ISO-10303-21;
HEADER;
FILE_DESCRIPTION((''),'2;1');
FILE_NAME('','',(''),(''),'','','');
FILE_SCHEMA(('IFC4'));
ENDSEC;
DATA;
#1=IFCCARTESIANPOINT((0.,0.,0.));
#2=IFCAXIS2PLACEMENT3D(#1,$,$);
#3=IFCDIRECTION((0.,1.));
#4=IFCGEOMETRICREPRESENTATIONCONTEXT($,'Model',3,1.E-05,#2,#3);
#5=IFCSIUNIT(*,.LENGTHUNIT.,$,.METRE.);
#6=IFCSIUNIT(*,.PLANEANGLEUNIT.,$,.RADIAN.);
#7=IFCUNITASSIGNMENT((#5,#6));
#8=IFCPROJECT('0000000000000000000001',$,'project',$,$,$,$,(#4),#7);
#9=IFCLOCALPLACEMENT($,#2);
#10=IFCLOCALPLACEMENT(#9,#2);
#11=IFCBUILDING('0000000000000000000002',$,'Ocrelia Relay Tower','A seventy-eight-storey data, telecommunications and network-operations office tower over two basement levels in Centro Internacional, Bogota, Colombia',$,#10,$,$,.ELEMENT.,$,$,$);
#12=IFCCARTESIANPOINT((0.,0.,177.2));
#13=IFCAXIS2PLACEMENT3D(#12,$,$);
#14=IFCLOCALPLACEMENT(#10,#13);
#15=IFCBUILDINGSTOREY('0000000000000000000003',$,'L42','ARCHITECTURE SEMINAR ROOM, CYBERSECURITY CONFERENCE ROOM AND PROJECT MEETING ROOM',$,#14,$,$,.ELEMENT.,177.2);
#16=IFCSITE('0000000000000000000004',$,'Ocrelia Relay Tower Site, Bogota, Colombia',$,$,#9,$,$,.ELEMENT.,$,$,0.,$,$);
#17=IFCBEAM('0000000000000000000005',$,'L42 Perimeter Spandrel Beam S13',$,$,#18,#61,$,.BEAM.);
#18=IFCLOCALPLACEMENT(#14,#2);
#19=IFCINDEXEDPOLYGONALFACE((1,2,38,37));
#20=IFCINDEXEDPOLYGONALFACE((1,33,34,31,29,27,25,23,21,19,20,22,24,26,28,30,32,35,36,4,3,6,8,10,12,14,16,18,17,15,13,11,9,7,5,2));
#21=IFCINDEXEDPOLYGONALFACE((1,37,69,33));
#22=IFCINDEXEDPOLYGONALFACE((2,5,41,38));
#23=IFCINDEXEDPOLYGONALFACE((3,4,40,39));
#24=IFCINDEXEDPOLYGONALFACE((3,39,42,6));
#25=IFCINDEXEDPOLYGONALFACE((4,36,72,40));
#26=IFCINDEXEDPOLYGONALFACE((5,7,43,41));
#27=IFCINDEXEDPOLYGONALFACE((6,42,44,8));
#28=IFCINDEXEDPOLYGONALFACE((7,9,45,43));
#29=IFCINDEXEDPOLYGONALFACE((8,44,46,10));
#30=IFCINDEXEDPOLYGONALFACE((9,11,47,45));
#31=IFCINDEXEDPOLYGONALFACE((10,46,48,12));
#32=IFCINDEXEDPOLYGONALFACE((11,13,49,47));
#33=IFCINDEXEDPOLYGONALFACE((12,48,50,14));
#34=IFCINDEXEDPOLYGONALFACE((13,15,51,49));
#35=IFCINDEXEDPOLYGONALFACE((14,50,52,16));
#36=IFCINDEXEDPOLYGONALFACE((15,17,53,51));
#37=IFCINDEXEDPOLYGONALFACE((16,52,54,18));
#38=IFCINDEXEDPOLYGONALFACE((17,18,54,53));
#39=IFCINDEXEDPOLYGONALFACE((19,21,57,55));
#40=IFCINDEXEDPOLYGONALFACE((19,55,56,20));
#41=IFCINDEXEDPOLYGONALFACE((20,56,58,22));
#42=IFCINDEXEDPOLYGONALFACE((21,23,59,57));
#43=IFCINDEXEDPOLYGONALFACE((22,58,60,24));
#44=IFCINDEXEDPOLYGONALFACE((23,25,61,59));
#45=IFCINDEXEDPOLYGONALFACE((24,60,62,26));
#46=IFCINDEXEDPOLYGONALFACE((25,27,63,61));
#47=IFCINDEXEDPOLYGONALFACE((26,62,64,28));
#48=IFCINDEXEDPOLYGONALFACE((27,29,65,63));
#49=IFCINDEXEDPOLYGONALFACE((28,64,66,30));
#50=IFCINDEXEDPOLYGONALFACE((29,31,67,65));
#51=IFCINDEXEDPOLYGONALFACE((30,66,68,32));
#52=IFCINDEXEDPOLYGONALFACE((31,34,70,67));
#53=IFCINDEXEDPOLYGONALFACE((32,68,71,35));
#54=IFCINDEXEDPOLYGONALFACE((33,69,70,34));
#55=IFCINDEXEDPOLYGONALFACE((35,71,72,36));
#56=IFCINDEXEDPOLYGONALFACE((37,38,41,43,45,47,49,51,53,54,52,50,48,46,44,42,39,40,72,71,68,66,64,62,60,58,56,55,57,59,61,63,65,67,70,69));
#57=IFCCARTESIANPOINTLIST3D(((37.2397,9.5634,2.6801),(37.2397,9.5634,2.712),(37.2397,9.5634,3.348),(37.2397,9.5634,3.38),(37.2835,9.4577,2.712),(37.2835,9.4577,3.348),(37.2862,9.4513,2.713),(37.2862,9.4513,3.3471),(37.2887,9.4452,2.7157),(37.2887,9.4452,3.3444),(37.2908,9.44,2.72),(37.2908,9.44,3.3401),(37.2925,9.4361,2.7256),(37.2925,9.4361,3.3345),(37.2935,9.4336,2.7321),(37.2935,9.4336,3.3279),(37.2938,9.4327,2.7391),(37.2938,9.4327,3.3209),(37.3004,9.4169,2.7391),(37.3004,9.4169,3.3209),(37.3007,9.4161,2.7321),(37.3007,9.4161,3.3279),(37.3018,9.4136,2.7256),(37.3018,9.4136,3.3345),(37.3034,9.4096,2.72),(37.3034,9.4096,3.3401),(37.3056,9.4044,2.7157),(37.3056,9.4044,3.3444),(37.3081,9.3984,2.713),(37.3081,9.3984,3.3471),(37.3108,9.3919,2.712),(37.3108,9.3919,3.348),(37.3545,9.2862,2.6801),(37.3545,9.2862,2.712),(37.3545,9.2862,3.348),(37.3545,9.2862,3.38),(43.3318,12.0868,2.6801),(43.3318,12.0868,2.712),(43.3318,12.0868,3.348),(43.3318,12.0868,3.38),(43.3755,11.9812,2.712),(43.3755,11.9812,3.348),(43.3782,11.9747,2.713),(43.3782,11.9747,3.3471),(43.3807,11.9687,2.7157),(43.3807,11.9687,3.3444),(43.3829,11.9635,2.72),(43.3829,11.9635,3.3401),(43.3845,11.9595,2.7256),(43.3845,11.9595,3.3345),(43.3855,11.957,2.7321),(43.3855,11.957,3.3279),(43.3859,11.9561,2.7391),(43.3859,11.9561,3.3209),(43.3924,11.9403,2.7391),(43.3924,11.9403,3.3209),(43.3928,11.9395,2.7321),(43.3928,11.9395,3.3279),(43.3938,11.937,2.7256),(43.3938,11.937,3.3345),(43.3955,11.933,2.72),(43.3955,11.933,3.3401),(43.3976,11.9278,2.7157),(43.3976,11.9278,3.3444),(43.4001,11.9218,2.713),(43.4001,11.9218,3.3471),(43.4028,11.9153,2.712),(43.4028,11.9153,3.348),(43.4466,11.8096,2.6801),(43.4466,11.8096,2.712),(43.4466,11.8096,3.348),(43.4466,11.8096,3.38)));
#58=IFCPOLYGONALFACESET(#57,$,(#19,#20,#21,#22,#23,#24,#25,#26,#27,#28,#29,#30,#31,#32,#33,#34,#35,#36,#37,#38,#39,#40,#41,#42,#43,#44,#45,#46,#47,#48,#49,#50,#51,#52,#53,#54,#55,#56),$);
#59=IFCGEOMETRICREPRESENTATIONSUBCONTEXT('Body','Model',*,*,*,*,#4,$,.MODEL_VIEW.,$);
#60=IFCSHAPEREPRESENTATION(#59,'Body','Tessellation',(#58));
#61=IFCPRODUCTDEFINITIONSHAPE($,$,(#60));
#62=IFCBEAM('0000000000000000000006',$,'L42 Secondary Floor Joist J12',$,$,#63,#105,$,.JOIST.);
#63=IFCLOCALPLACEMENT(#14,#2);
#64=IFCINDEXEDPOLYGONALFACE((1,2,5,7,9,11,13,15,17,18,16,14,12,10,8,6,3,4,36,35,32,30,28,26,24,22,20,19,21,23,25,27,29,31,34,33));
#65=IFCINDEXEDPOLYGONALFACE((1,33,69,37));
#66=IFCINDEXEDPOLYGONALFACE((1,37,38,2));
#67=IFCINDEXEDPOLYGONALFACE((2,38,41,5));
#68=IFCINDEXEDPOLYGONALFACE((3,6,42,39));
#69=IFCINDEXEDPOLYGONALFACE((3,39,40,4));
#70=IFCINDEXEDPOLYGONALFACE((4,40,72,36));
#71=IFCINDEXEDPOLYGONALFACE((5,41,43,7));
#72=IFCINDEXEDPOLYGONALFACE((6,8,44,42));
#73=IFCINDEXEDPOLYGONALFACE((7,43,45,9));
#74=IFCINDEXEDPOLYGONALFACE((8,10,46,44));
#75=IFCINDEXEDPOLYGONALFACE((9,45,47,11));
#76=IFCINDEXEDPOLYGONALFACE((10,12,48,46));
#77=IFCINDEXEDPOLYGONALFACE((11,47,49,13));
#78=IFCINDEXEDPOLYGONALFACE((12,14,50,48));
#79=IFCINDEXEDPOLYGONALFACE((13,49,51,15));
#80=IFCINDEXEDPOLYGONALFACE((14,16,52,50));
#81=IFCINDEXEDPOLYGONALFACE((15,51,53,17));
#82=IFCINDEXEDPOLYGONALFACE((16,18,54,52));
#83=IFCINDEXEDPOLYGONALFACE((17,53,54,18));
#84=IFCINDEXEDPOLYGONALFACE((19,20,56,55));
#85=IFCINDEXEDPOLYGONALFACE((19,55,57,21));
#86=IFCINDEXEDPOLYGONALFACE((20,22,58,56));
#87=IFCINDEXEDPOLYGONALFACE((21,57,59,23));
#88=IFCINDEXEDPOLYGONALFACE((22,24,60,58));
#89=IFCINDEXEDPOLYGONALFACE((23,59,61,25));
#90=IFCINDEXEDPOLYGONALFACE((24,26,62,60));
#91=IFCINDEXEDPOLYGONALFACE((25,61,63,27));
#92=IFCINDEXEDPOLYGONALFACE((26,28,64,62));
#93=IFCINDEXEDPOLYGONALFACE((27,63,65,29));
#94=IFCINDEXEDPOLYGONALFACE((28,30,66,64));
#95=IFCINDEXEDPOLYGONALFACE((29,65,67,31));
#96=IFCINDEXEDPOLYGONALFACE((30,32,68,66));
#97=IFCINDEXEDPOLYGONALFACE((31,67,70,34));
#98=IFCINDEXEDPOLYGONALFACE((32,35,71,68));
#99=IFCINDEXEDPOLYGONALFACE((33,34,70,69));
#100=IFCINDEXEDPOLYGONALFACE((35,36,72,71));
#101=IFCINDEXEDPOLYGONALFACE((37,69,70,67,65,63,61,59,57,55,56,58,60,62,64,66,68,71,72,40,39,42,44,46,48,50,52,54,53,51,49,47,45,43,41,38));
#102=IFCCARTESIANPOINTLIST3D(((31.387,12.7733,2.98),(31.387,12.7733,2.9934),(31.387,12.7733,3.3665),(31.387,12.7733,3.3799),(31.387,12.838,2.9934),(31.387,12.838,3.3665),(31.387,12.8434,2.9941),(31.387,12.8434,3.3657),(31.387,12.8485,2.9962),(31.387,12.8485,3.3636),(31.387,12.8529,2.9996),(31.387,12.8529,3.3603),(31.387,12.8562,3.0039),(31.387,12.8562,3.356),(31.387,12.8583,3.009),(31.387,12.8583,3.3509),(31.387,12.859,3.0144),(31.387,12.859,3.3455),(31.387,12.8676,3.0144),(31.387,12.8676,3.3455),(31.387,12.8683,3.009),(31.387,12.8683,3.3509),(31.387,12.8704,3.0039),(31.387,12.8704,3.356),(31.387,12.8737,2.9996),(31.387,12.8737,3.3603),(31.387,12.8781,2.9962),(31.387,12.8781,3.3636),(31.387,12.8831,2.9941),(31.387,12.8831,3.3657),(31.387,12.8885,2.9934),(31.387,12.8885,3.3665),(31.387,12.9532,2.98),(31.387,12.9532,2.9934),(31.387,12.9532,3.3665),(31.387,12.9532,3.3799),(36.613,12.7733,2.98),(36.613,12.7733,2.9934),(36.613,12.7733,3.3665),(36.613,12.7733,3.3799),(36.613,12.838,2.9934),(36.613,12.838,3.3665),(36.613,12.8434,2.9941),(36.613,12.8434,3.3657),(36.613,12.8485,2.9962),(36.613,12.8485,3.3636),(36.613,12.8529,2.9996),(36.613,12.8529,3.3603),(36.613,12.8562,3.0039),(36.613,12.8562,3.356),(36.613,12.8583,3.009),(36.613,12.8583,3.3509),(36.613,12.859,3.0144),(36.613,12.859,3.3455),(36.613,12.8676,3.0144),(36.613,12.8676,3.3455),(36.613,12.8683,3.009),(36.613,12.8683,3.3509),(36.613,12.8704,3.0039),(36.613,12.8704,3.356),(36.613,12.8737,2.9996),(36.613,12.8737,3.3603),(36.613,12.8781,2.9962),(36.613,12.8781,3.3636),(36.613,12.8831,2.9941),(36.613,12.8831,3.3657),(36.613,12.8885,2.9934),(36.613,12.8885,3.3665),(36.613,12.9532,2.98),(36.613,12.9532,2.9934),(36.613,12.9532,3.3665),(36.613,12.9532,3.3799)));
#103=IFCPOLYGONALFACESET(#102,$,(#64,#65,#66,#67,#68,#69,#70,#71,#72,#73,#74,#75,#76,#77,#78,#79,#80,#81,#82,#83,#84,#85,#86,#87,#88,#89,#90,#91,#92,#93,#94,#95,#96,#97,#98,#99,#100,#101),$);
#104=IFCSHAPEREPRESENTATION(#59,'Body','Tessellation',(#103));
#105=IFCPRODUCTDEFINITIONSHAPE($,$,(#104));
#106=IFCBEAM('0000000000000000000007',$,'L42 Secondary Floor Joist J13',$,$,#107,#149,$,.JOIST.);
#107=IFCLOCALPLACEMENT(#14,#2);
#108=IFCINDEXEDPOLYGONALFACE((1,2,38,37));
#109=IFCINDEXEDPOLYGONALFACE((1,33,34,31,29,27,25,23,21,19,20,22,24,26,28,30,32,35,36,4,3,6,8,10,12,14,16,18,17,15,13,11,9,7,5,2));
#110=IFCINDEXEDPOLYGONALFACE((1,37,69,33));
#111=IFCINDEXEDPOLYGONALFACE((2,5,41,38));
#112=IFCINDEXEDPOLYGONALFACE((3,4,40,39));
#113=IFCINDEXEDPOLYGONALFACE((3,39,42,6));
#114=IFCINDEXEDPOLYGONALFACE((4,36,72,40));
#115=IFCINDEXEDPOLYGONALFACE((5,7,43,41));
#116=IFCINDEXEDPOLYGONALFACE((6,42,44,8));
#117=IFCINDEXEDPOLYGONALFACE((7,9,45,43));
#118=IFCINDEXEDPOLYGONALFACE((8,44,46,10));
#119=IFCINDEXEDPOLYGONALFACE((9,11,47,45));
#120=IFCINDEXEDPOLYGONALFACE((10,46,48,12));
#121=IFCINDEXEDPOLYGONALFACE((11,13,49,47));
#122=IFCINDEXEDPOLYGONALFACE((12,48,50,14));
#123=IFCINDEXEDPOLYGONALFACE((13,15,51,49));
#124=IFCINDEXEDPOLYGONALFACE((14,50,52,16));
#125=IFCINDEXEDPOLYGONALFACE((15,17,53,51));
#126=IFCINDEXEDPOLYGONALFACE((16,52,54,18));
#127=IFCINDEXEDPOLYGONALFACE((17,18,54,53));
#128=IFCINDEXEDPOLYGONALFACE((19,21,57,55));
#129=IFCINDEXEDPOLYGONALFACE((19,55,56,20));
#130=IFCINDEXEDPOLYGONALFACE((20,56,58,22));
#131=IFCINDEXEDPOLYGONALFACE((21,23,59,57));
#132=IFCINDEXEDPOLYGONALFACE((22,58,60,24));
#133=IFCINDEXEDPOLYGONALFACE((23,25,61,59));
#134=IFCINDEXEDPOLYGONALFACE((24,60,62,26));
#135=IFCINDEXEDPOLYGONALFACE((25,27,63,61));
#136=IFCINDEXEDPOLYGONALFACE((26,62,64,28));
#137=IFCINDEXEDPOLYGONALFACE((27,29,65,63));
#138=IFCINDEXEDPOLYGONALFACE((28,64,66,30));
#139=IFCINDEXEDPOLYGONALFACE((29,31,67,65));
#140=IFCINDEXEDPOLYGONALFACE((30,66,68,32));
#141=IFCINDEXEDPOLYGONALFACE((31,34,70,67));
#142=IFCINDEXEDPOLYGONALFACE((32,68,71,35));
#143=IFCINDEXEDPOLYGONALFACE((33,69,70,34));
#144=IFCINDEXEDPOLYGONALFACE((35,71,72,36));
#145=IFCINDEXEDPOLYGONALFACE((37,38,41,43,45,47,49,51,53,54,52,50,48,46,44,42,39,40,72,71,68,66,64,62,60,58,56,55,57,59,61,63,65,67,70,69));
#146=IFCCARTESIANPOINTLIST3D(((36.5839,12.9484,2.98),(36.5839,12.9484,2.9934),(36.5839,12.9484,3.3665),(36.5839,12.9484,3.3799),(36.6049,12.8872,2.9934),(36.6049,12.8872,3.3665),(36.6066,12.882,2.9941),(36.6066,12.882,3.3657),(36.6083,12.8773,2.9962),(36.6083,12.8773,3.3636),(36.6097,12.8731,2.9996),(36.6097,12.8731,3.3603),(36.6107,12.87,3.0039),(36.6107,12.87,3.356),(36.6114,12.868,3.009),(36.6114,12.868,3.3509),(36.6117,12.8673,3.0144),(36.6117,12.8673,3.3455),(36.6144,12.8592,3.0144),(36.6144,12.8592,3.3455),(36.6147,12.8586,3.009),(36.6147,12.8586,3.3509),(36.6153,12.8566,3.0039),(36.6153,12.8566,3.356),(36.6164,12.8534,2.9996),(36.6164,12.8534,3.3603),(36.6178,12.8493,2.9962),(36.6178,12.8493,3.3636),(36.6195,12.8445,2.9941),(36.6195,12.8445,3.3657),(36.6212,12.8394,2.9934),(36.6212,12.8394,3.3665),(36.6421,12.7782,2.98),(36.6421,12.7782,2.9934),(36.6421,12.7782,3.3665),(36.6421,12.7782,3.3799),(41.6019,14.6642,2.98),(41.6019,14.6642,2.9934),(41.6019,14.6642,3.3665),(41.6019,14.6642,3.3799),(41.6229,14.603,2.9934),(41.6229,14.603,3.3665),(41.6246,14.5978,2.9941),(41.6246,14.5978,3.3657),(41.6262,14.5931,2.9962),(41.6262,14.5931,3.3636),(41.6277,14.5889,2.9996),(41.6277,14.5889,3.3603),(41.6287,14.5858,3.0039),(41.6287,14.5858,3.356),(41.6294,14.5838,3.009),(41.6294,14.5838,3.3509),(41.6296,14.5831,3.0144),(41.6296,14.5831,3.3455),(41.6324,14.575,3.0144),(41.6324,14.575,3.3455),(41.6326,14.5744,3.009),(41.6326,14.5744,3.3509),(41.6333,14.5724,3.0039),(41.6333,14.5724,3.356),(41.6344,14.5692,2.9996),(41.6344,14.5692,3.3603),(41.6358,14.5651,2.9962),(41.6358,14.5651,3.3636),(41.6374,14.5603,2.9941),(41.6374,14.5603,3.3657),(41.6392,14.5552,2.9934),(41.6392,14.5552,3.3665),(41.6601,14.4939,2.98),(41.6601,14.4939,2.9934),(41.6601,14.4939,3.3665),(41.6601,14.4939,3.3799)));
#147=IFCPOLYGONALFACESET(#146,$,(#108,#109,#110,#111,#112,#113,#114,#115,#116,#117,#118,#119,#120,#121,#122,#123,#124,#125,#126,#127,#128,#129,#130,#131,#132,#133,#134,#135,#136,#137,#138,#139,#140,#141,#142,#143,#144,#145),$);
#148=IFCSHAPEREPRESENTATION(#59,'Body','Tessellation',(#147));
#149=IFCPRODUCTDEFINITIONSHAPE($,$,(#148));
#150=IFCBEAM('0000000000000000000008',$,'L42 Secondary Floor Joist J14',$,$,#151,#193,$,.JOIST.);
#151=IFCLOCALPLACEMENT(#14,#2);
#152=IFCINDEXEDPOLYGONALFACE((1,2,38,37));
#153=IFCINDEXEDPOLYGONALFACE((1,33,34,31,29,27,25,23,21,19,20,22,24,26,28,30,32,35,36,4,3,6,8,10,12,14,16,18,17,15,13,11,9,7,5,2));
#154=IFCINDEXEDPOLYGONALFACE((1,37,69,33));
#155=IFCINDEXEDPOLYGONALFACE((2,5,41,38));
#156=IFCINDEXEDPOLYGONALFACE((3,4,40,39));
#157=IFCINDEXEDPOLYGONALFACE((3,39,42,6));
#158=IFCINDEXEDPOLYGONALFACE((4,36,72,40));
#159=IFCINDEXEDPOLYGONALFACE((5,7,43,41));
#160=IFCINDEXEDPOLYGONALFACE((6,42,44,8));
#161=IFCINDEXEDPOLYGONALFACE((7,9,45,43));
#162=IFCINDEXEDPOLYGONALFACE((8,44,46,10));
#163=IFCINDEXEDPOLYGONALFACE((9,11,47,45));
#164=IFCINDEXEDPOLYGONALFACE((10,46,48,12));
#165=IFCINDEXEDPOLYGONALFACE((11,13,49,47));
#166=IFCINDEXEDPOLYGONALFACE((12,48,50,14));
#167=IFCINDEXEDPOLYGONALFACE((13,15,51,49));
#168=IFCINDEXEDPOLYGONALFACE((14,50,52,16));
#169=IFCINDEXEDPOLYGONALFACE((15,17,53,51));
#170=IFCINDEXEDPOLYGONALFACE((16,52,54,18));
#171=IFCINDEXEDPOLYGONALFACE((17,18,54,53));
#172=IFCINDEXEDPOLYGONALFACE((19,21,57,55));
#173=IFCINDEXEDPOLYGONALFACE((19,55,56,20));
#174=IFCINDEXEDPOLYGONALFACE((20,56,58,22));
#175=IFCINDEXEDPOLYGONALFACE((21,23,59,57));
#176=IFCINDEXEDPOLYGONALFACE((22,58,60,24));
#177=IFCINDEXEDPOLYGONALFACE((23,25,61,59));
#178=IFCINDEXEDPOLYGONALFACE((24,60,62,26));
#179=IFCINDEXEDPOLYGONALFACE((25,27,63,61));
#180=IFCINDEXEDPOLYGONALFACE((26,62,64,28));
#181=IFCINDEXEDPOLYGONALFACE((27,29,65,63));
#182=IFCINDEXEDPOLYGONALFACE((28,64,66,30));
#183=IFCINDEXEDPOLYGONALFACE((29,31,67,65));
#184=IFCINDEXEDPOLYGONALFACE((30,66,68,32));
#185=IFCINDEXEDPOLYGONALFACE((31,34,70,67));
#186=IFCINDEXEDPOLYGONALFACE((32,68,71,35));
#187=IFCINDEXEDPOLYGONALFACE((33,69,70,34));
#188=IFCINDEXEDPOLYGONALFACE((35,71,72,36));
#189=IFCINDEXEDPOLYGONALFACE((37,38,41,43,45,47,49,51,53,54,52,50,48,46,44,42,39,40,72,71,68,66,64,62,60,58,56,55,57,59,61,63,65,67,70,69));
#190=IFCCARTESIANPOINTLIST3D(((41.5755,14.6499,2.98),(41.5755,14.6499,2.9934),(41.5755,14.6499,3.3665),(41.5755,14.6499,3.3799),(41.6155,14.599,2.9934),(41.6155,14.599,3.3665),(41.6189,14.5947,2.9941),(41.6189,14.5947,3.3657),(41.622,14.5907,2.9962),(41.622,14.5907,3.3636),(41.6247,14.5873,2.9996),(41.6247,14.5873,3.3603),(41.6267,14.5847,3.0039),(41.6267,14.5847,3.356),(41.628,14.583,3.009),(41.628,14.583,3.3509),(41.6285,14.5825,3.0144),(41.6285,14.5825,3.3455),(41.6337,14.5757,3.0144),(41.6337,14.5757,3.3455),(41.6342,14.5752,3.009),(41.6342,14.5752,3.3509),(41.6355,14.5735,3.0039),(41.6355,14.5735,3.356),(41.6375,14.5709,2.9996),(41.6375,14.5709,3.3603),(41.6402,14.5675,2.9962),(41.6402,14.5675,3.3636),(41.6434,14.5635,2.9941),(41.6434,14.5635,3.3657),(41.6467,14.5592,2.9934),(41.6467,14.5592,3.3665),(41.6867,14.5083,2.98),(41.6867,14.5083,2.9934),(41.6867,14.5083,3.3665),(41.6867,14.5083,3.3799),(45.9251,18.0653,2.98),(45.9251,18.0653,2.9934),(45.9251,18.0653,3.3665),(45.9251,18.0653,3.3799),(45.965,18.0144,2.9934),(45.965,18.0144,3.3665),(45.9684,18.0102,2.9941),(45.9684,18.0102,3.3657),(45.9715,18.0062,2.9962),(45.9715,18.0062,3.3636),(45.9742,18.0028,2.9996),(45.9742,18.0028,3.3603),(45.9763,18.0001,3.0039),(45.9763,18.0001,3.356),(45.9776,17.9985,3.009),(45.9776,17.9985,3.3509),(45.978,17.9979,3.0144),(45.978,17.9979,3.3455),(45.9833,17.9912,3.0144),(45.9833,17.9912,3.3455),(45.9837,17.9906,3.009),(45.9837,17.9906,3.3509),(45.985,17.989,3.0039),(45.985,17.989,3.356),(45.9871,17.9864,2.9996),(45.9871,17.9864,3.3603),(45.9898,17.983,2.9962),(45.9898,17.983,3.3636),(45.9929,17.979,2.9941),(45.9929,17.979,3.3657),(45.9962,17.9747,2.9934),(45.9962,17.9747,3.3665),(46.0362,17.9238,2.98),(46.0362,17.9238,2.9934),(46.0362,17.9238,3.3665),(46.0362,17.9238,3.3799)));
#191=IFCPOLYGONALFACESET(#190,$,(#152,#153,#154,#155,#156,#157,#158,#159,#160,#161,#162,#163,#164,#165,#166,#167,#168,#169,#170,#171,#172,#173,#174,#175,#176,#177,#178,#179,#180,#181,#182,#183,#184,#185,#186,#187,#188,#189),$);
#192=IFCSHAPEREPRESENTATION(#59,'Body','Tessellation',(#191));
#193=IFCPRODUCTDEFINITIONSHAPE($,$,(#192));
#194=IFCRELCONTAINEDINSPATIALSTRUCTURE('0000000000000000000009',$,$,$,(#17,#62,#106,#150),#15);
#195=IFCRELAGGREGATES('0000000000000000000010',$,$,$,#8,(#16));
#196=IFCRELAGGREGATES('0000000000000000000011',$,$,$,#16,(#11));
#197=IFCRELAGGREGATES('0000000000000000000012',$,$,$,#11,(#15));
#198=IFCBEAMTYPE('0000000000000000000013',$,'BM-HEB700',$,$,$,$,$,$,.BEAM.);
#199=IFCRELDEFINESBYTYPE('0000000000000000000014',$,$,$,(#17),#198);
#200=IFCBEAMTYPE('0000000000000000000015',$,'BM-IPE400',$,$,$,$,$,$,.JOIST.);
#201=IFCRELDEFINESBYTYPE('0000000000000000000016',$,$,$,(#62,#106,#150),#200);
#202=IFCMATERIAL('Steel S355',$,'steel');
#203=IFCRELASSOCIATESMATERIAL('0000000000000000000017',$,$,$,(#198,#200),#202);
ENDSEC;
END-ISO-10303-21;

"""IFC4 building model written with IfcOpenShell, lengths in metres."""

from ifc_helpers import new_model, si_unit, direction, frame, origin, origin_2d, place, context, subcontext, project, spatial, i_section, extrude, material, material_profile, profile_set, type_object, element, save


model = new_model("IFC4")

# Units and contexts
model_context = context("Model", 3, precision=1e-05, world=origin(), true_north=direction((0.0, 1.0)))
body_context = subcontext(model_context, "Body", "Model", "MODEL_VIEW")
ifc_project = project(units=[si_unit("LENGTHUNIT", "METRE"), si_unit("PLANEANGLEUNIT", "RADIAN")], contexts=[model_context])

# Site, building, storey
site_placement = place(None, origin())
site = spatial("IfcSite", under=ifc_project, at=site_placement, Name="Ocrelia Relay Tower Site, Bogota, Colombia", CompositionType="ELEMENT", RefElevation=0.0)
building_placement = place(site_placement, origin())
building = spatial("IfcBuilding", under=site, at=building_placement, Name="Ocrelia Relay Tower", Description="A seventy-eight-storey data, telecommunications and network-operations office tower over two basement levels in Centro Internacional, Bogota, Colombia", CompositionType="ELEMENT")
storey_placement = place(building_placement, frame((0.0, 0.0, 177.2)))
storey = spatial("IfcBuildingStorey", under=building, at=storey_placement, Name="L42", Description="ARCHITECTURE SEMINAR ROOM, CYBERSECURITY CONFERENCE ROOM AND PROJECT MEETING ROOM", CompositionType="ELEMENT", Elevation=177.2)

# Beams
ifc_material_1 = material(Name="Steel S355", Category="steel")
ifc_material_profile_1 = material_profile(ifc_material_1, i_section(OverallWidth=0.3, OverallDepth=0.7, WebThickness=0.0171, FlangeThickness=0.032, FilletRadius=0.0271, at=origin_2d()), Name="HEB 700")
ifc_profile_set_1 = profile_set([ifc_material_profile_1], Name="Steel S355")
beam_type_1 = type_object("IfcBeamType", Name="BM-HEB700", PredefinedType="BEAM", material=ifc_profile_set_1)
beam_1_placement = place(storey_placement, frame((37.2971, 9.4248, 3.03), z_axis=(0.923878, 0.382688, 0.0), x_axis=(-0.382688, 0.923878, 0.0)))
element("IfcBeam", 1, at=beam_1_placement, inside=storey, type_object=beam_type_1, Name="L42 Perimeter Spandrel Beam S13", PredefinedType="BEAM", context=body_context, shape_type="SweptSolid", body=[
    extrude(i_section(OverallWidth=0.3, OverallDepth=0.7, WebThickness=0.0171, FlangeThickness=0.032, FilletRadius=0.0271, at=origin_2d()), origin(), (0.0, 0.0, 1.0), 6.594),
])
ifc_material_profile_2 = material_profile(ifc_material_1, i_section(OverallWidth=0.1799, OverallDepth=0.3999, WebThickness=0.0085, FlangeThickness=0.0134, FilletRadius=0.021, at=origin_2d()), Name="IPE 400")
ifc_profile_set_2 = profile_set([ifc_material_profile_2], Name="Steel S355")
beam_type_2 = type_object("IfcBeamType", Name="BM-IPE400", PredefinedType="JOIST", material=ifc_profile_set_2)
beam_2_placement = place(storey_placement, frame((31.387, 12.8633, 3.1799), z_axis=(1.0, 0.0, 0.0), x_axis=(0.0, 1.0, 0.0)))
element("IfcBeam", 2, at=beam_2_placement, inside=storey, type_object=beam_type_2, Name="L42 Secondary Floor Joist J12", PredefinedType="JOIST", context=body_context, shape_type="SweptSolid", body=[
    extrude(i_section(OverallWidth=0.1799, OverallDepth=0.3999, WebThickness=0.0085, FlangeThickness=0.0134, FilletRadius=0.021, at=origin_2d()), origin(), (0.0, 0.0, 1.0), 5.2261),
])
beam_3_placement = place(storey_placement, frame((36.613, 12.8633, 3.1799), z_axis=(0.946215, 0.323538, 0.0), x_axis=(-0.323538, 0.946215, 0.0)))
element("IfcBeam", 3, at=beam_3_placement, inside=storey, type_object=beam_type_2, Name="L42 Secondary Floor Joist J13", PredefinedType="JOIST", context=body_context, shape_type="SweptSolid", body=[
    extrude(i_section(OverallWidth=0.1799, OverallDepth=0.3999, WebThickness=0.0085, FlangeThickness=0.0134, FilletRadius=0.021, at=origin_2d()), origin(), (0.0, 0.0, 1.0), 5.3032),
])
beam_4_placement = place(storey_placement, frame((41.6311, 14.5791, 3.1799), z_axis=(0.786496, 0.617595, 0.0), x_axis=(-0.617595, 0.786496, 0.0)))
element("IfcBeam", 4, at=beam_4_placement, inside=storey, type_object=beam_type_2, Name="L42 Secondary Floor Joist J14", PredefinedType="JOIST", context=body_context, shape_type="SweptSolid", body=[
    extrude(i_section(OverallWidth=0.1799, OverallDepth=0.3999, WebThickness=0.0085, FlangeThickness=0.0134, FilletRadius=0.021, at=origin_2d()), origin(), (0.0, 0.0, 1.0), 5.5303),
])

save(model, "model.ifc")
